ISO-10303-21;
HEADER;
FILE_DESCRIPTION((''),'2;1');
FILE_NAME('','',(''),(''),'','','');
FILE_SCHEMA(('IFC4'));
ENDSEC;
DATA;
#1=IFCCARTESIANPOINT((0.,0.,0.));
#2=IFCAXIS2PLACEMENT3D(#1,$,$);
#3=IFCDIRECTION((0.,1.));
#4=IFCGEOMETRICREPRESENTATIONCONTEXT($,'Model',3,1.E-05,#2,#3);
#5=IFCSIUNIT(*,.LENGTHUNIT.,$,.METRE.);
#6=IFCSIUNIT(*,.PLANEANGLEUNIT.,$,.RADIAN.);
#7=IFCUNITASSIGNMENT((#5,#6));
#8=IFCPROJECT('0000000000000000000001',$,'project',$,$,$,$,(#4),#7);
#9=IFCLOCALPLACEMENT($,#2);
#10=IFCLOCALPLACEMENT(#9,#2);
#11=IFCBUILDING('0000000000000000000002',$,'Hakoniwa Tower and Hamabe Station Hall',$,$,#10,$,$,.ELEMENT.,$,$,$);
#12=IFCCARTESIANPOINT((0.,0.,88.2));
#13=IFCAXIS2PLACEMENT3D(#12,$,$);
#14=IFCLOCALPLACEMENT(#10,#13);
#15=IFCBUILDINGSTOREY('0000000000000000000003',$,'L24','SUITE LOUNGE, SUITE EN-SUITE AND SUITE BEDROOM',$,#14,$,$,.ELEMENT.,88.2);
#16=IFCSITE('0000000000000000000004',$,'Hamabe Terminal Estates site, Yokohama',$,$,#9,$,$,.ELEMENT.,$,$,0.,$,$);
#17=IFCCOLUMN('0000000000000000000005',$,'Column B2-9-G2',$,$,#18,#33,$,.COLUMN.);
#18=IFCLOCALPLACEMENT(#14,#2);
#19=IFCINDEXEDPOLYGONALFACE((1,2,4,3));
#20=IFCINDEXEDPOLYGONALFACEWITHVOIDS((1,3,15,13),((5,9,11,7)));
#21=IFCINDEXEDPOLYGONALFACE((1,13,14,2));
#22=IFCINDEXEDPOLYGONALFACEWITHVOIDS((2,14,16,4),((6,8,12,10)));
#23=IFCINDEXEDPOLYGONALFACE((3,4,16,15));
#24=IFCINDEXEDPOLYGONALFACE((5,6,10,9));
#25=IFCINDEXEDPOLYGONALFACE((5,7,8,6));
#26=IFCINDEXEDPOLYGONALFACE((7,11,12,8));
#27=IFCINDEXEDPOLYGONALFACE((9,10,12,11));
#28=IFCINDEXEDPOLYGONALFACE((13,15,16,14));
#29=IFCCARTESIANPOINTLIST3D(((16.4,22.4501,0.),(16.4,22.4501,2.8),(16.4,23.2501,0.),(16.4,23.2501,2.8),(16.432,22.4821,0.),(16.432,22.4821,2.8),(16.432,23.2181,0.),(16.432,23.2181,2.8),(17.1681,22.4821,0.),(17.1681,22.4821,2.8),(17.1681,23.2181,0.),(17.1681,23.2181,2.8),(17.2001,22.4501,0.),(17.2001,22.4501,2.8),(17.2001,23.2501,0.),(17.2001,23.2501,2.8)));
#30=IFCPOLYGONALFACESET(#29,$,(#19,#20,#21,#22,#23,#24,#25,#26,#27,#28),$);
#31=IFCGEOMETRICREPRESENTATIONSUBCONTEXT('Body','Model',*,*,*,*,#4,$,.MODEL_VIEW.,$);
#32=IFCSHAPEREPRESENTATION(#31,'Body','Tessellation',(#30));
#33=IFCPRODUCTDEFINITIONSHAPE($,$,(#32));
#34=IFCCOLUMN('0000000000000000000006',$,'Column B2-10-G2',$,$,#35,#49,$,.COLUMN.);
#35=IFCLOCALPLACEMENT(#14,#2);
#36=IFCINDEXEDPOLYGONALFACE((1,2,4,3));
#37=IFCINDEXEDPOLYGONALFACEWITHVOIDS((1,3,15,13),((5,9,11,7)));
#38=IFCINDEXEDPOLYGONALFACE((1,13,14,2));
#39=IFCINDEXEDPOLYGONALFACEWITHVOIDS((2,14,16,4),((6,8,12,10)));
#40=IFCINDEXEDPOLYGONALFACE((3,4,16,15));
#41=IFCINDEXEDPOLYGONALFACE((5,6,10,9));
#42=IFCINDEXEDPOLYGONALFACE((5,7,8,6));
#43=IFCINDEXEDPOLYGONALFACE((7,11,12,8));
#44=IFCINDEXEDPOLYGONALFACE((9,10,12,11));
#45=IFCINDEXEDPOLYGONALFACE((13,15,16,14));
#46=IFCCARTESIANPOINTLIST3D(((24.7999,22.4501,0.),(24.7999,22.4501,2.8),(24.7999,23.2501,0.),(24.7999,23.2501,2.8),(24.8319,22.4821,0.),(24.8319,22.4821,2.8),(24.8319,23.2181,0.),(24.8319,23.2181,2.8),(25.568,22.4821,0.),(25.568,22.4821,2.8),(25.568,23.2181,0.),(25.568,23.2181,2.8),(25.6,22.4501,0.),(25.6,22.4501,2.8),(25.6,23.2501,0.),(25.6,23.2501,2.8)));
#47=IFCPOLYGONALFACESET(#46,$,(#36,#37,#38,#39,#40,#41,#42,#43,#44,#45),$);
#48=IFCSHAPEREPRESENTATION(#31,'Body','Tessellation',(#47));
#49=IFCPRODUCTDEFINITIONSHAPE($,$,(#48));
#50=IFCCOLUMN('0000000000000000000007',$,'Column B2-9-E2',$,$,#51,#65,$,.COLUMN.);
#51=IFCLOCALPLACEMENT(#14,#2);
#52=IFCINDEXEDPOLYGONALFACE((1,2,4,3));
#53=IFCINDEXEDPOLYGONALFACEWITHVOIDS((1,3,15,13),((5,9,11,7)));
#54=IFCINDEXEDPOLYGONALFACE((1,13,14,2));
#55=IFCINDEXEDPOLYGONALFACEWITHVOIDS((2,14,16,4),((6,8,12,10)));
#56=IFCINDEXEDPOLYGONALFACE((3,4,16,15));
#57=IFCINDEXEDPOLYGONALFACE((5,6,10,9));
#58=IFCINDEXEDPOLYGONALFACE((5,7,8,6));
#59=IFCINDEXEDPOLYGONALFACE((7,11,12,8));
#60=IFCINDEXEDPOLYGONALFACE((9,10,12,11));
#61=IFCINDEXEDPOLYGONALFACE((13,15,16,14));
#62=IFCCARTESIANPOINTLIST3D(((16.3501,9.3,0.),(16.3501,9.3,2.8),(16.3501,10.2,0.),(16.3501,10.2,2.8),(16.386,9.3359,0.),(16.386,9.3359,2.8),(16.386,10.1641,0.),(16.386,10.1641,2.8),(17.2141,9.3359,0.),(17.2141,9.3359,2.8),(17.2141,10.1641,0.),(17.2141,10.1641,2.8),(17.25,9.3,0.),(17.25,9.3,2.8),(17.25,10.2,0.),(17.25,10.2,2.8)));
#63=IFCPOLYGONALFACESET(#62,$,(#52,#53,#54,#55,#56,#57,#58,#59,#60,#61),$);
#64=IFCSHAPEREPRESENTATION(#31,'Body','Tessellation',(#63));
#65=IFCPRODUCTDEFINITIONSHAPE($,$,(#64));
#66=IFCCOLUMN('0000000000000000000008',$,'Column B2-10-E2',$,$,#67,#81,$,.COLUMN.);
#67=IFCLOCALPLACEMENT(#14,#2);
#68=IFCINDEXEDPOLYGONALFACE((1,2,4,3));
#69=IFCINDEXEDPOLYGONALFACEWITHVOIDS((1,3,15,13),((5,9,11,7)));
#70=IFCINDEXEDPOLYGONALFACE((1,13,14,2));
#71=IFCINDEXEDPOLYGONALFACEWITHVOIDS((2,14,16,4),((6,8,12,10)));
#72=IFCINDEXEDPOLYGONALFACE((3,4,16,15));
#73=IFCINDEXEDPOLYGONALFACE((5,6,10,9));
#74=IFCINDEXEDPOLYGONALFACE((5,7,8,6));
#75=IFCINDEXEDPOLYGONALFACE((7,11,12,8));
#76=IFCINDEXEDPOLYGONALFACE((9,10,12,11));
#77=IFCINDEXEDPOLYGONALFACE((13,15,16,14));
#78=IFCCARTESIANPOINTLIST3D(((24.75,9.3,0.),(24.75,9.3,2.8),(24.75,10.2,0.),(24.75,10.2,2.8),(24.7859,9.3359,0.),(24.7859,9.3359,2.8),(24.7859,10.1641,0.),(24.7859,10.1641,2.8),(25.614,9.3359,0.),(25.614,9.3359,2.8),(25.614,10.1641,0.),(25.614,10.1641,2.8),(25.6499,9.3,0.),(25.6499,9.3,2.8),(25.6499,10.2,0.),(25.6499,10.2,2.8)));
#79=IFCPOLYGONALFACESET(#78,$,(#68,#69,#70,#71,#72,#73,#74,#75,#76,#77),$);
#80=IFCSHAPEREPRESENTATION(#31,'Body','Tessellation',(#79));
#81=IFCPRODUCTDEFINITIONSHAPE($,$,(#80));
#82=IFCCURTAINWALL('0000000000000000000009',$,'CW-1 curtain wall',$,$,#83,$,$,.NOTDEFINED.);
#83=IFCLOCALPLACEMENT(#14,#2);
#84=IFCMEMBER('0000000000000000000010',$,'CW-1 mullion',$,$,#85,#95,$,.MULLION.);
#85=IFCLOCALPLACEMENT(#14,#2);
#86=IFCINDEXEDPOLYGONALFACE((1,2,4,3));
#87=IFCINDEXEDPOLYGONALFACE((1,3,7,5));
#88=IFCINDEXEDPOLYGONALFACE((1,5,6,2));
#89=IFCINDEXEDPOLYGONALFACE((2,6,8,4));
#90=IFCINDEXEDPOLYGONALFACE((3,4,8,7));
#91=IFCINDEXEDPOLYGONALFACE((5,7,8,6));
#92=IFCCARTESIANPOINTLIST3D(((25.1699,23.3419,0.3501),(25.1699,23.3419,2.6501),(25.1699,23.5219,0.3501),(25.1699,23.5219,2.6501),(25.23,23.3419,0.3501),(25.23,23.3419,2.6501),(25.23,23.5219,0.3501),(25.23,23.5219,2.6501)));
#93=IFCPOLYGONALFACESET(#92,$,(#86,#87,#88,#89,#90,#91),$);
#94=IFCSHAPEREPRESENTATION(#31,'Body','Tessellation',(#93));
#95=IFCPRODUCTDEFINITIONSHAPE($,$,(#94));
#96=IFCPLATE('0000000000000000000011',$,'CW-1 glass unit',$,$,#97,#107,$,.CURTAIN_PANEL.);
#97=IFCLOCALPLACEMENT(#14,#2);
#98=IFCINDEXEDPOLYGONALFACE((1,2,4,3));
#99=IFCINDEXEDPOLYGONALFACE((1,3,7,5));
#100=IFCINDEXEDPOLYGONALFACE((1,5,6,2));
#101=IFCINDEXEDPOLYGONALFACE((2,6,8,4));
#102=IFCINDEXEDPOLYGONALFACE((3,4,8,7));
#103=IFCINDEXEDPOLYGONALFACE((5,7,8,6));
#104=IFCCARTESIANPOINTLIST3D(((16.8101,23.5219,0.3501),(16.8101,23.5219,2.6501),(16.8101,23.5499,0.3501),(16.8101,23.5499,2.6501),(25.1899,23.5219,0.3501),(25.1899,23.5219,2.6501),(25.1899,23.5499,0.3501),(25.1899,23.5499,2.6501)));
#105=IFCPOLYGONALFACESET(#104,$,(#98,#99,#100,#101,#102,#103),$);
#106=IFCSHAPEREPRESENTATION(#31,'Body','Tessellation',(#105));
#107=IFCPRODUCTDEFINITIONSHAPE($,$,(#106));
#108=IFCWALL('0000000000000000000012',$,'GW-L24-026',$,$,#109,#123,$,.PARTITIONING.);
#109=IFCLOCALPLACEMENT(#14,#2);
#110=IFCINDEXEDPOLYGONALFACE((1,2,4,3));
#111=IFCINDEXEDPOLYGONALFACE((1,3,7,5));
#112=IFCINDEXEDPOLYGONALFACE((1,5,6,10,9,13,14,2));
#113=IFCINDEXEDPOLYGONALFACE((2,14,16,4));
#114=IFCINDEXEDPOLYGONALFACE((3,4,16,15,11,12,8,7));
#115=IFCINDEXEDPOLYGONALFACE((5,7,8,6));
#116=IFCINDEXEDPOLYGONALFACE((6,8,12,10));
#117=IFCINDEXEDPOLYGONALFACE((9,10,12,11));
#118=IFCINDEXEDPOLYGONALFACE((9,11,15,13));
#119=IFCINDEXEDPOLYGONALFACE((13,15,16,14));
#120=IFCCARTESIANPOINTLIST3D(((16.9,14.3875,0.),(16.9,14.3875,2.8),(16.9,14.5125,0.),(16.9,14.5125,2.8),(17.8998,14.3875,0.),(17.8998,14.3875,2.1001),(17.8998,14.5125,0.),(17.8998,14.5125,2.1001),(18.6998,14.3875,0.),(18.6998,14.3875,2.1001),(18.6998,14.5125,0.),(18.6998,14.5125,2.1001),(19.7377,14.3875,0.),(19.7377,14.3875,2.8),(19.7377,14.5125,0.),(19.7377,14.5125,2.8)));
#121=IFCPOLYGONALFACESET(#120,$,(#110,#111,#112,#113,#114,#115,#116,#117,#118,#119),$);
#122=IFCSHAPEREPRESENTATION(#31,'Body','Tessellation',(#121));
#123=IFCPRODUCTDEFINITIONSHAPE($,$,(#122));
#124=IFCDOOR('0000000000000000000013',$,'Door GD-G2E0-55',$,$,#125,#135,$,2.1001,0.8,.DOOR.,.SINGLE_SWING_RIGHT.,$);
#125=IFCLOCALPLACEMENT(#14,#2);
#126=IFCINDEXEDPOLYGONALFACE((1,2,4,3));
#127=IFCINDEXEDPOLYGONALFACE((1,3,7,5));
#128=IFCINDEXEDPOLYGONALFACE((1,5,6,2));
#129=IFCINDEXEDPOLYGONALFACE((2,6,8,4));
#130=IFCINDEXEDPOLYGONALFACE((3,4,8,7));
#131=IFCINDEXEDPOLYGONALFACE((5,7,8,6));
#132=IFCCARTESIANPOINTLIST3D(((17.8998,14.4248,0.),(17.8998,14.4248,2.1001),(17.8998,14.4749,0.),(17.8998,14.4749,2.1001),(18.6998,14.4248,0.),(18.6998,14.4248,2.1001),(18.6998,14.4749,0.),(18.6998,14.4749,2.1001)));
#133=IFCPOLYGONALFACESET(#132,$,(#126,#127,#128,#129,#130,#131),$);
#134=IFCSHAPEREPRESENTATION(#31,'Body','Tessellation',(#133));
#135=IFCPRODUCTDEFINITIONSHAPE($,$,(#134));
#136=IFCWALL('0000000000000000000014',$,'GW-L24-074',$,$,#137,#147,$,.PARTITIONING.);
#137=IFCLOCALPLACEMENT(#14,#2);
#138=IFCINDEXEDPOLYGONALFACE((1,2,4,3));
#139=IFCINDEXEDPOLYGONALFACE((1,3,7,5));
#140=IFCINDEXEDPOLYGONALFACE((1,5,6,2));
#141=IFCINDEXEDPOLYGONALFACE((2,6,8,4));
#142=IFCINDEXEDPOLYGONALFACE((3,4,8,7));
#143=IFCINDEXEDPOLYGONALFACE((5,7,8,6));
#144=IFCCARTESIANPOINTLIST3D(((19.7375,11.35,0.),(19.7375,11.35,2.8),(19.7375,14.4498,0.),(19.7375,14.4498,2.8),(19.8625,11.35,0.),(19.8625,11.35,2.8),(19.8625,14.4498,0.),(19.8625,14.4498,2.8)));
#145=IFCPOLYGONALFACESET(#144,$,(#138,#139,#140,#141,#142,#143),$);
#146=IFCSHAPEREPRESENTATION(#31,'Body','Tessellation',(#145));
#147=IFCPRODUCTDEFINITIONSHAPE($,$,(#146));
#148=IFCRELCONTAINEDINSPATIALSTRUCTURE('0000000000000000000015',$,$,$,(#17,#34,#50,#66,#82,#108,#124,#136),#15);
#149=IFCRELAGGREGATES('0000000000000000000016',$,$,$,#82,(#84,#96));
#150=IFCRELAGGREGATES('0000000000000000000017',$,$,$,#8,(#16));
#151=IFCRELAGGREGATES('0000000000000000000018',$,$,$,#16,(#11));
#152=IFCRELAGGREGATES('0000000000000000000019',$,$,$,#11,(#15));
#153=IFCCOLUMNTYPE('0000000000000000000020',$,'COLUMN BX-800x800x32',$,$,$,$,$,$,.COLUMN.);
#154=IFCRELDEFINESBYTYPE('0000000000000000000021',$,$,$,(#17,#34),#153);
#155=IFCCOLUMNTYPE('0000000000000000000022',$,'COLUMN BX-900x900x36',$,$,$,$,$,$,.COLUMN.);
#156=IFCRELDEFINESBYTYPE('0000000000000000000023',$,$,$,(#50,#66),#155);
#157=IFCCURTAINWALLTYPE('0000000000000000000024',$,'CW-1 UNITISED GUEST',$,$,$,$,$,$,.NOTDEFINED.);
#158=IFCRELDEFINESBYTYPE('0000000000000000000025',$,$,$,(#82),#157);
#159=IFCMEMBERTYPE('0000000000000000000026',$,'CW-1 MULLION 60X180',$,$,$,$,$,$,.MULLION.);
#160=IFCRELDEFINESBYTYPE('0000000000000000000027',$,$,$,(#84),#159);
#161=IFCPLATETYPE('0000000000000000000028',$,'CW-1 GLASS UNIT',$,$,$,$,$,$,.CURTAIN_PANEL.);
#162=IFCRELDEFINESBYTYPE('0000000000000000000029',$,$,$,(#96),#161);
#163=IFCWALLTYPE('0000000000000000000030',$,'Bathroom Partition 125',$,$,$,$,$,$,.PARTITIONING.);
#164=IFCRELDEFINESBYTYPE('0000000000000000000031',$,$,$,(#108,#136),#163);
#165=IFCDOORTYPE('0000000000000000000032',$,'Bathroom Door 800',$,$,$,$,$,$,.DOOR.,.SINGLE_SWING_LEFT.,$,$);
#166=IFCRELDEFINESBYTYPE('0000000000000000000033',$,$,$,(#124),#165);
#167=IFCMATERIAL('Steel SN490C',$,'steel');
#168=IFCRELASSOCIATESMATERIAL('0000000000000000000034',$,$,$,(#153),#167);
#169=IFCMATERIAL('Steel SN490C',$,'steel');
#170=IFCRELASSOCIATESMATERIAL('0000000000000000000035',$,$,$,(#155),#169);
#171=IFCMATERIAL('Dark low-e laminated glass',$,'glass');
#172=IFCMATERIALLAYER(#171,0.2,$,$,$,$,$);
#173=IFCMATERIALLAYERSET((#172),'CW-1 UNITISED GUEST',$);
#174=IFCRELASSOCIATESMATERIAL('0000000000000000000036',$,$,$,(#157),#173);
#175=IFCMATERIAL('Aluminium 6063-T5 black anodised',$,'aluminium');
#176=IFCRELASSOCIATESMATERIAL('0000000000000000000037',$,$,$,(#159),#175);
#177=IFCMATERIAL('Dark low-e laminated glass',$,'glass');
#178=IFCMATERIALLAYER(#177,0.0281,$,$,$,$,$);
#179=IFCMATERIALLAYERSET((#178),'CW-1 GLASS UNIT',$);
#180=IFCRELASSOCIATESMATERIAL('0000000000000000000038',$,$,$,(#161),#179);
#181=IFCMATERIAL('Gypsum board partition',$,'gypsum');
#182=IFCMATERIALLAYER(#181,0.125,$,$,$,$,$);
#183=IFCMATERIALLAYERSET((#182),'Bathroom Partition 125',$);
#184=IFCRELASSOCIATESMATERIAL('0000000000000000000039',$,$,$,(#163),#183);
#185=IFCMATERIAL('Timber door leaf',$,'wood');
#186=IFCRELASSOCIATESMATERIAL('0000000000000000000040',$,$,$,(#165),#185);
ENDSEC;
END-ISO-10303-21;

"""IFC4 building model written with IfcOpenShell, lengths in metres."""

from ifc_helpers import new_model, si_unit, direction, frame, frame_2d, origin, origin_2d, place, context, subcontext, project, spatial, rectangle, hollow_rectangle, extrude, material, layer, layer_set, material_profile, profile_set, type_object, element, fill, aggregate, save


model = new_model("IFC4")

# Units and contexts
model_context = context("Model", 3, precision=1e-05, world=origin(), true_north=direction((0.0, 1.0)))
body_context = subcontext(model_context, "Body", "Model", "MODEL_VIEW")
ifc_project = project(units=[si_unit("LENGTHUNIT", "METRE"), si_unit("PLANEANGLEUNIT", "RADIAN")], contexts=[model_context])

# Site, building, storey
site_placement = place(None, origin())
site = spatial("IfcSite", under=ifc_project, at=site_placement, Name="Hamabe Terminal Estates site, Yokohama", CompositionType="ELEMENT", RefElevation=0.0)
building_placement = place(site_placement, origin())
building = spatial("IfcBuilding", under=site, at=building_placement, Name="Hakoniwa Tower and Hamabe Station Hall", CompositionType="ELEMENT")
storey_placement = place(building_placement, frame((0.0, 0.0, 88.2)))
storey = spatial("IfcBuildingStorey", under=building, at=storey_placement, Name="L24", Description="SUITE LOUNGE, SUITE EN-SUITE AND SUITE BEDROOM", CompositionType="ELEMENT", Elevation=88.2)

# Columns
ifc_material_1 = material(Name="Steel SN490C", Category="steel")
ifc_material_profile_1 = material_profile(ifc_material_1, hollow_rectangle(XDim=0.8, YDim=0.8, WallThickness=0.032, at=origin_2d()), Name="BX-800x800x32")
ifc_profile_set_1 = profile_set([ifc_material_profile_1], Name="Steel SN490C")
column_type_1 = type_object("IfcColumnType", Name="COLUMN BX-800x800x32", PredefinedType="COLUMN", material=ifc_profile_set_1)
for number, where, z_axis, x_axis, name in (
    (1, (16.8, 22.8501, 0.0), (0.0, 0.0, 1.0), (1.0, 0.0, 0.0), "Column B2-9-G2"),
    (2, (25.2, 22.8501, 0.0), (0.0, 0.0, 1.0), (1.0, 0.0, 0.0), "Column B2-10-G2"),
):
    element("IfcColumn", number, at=place(storey_placement, frame(where, z_axis=z_axis, x_axis=x_axis)), inside=storey, type_object=column_type_1, Name=name, PredefinedType="COLUMN", context=body_context, shape_type="SweptSolid", body=[
        extrude(hollow_rectangle(XDim=0.8, YDim=0.8, WallThickness=0.032, at=origin_2d()), origin(), (0.0, 0.0, 1.0), 2.8),
    ])
ifc_material_2 = material(Name="Steel SN490C", Category="steel")
ifc_material_profile_2 = material_profile(ifc_material_2, hollow_rectangle(XDim=0.8999, YDim=0.8999, WallThickness=0.0359, at=origin_2d()), Name="BX-900x900x36")
ifc_profile_set_2 = profile_set([ifc_material_profile_2], Name="Steel SN490C")
column_type_2 = type_object("IfcColumnType", Name="COLUMN BX-900x900x36", PredefinedType="COLUMN", material=ifc_profile_set_2)
for number, where, z_axis, x_axis, name in (
    (3, (16.8, 9.75, 0.0), (0.0, 0.0, 1.0), (1.0, 0.0, 0.0), "Column B2-9-E2"),
    (4, (25.2, 9.75, 0.0), (0.0, 0.0, 1.0), (1.0, 0.0, 0.0), "Column B2-10-E2"),
):
    element("IfcColumn", number, at=place(storey_placement, frame(where, z_axis=z_axis, x_axis=x_axis)), inside=storey, type_object=column_type_2, Name=name, PredefinedType="COLUMN", context=body_context, shape_type="SweptSolid", body=[
        extrude(hollow_rectangle(XDim=0.8999, YDim=0.8999, WallThickness=0.0359, at=origin_2d()), origin(), (0.0, 0.0, 1.0), 2.8),
    ])

# Curtain wall, member, plate
ifc_material_3 = material(Name="Dark low-e laminated glass", Category="glass")
ifc_layer_1 = layer(ifc_material_3, 0.2)
ifc_layer_set_1 = layer_set([ifc_layer_1], Name="CW-1 UNITISED GUEST")
curtain_wall_type = type_object("IfcCurtainWallType", Name="CW-1 UNITISED GUEST", PredefinedType="NOTDEFINED", material=ifc_layer_set_1)
curtain_wall_placement = place(storey_placement, origin())
curtain_wall = element("IfcCurtainWall", 5, at=curtain_wall_placement, inside=storey, type_object=curtain_wall_type, Name="CW-1 curtain wall", PredefinedType="NOTDEFINED")
ifc_material_4 = material(Name="Aluminium 6063-T5 black anodised", Category="aluminium")
ifc_material_profile_3 = material_profile(ifc_material_4, rectangle(XDim=0.0601, YDim=0.1799, at=origin_2d()), Name="CW-1 MULLION 60X180")
ifc_profile_set_3 = profile_set([ifc_material_profile_3], Name="Aluminium 6063-T5 black anodised")
member_type = type_object("IfcMemberType", Name="CW-1 MULLION 60X180", PredefinedType="MULLION", material=ifc_profile_set_3)
member_placement = place(storey_placement, frame((25.2, 23.4319, 0.3501), z_axis=(0.0, 0.0, 1.0), x_axis=(-1.0, 0.0, 0.0)))
member = element("IfcMember", 6, at=member_placement, type_object=member_type, Name="CW-1 mullion", PredefinedType="MULLION", context=body_context, shape_type="SweptSolid", body=[
    extrude(rectangle(XDim=0.0601, YDim=0.1799, at=origin_2d()), origin(), (0.0, 0.0, 1.0), 2.3),
])
ifc_material_5 = material(Name="Dark low-e laminated glass", Category="glass")
ifc_layer_2 = layer(ifc_material_5, 0.0281)
ifc_layer_set_2 = layer_set([ifc_layer_2], Name="CW-1 GLASS UNIT")
plate_type = type_object("IfcPlateType", Name="CW-1 GLASS UNIT", PredefinedType="CURTAIN_PANEL", material=ifc_layer_set_2)
plate_placement = place(storey_placement, frame((21.0, 23.5359, 0.3501), z_axis=(0.0, 0.0, 1.0), x_axis=(-1.0, 0.0, 0.0)))
plate = element("IfcPlate", 7, at=plate_placement, type_object=plate_type, Name="CW-1 glass unit", PredefinedType="CURTAIN_PANEL", context=body_context, shape_type="SweptSolid", body=[
    extrude(rectangle(XDim=8.3799, YDim=0.0281, at=origin_2d()), origin(), (0.0, 0.0, 1.0), 2.3),
])
aggregate(curtain_wall, [member, plate])

# Wall, opening, door
ifc_material_6 = material(Name="Gypsum board partition", Category="gypsum")
ifc_layer_3 = layer(ifc_material_6, 0.125)
ifc_layer_set_3 = layer_set([ifc_layer_3], Name="Bathroom Partition 125")
wall_type_1 = type_object("IfcWallType", Name="Bathroom Partition 125", PredefinedType="PARTITIONING", material=ifc_layer_set_3)
wall_1_placement = place(storey_placement, frame((16.8999, 14.45, 0.0), z_axis=(0.0, 0.0, 1.0), x_axis=(1.0, 0.0, 0.0)))
wall_1 = element("IfcWall", 8, at=wall_1_placement, inside=storey, type_object=wall_type_1, Name="GW-L24-026", PredefinedType="PARTITIONING", context=body_context, shape_type="SweptSolid", body=[
    extrude(rectangle(XDim=2.8376, YDim=0.125, at=frame_2d((1.4189, 0.0))), origin(), (0.0, 0.0, 1.0), 2.8),
])
opening_1_placement = place(wall_1_placement, frame((1.0, 0.0, 0.0)))
opening_1 = element("IfcOpeningElement", 9, at=opening_1_placement, cuts=wall_1, PredefinedType="OPENING", context=body_context, shape_type="SweptSolid", body=[
    extrude(rectangle(XDim=0.8, YDim=2.1001, at=frame_2d((0.3999, 1.05))), frame((0.0, 0.0725, 0.0), z_axis=(0.0, -1.0, 0.0), x_axis=(1.0, 0.0, 0.0)), (0.0, 0.0, 1.0), 0.145),
])
ifc_material_7 = material(Name="Timber door leaf", Category="wood")
door_type_1 = type_object("IfcDoorType", Name="Bathroom Door 800", OperationType="SINGLE_SWING_LEFT", PredefinedType="DOOR", material=ifc_material_7)
door_1_placement = place(opening_1_placement, origin())
door_1 = element("IfcDoor", 10, at=door_1_placement, inside=storey, type_object=door_type_1, Name="Door GD-G2E0-55", OperationType="SINGLE_SWING_RIGHT", OverallHeight=2.1001, OverallWidth=0.8, PredefinedType="DOOR", context=body_context, shape_type="SweptSolid", body=[
    extrude(rectangle(XDim=0.8, YDim=2.1001, at=frame_2d((0.3999, 1.05))), frame((0.0, 0.0249, 0.0), z_axis=(0.0, -1.0, 0.0), x_axis=(1.0, 0.0, 0.0)), (0.0, 0.0, 1.0), 0.05),
])
fill(opening_1, door_1)

# Wall
wall_2_placement = place(storey_placement, frame((19.8, 11.3501, 0.0), z_axis=(0.0, 0.0, 1.0), x_axis=(0.0, 1.0, 0.0)))
element("IfcWall", 11, at=wall_2_placement, inside=storey, type_object=wall_type_1, Name="GW-L24-074", PredefinedType="PARTITIONING", context=body_context, shape_type="SweptSolid", body=[
    extrude(rectangle(XDim=3.0999, YDim=0.125, at=frame_2d((1.5498, 0.0))), origin(), (0.0, 0.0, 1.0), 2.8),
])

save(model, "model.ifc")
